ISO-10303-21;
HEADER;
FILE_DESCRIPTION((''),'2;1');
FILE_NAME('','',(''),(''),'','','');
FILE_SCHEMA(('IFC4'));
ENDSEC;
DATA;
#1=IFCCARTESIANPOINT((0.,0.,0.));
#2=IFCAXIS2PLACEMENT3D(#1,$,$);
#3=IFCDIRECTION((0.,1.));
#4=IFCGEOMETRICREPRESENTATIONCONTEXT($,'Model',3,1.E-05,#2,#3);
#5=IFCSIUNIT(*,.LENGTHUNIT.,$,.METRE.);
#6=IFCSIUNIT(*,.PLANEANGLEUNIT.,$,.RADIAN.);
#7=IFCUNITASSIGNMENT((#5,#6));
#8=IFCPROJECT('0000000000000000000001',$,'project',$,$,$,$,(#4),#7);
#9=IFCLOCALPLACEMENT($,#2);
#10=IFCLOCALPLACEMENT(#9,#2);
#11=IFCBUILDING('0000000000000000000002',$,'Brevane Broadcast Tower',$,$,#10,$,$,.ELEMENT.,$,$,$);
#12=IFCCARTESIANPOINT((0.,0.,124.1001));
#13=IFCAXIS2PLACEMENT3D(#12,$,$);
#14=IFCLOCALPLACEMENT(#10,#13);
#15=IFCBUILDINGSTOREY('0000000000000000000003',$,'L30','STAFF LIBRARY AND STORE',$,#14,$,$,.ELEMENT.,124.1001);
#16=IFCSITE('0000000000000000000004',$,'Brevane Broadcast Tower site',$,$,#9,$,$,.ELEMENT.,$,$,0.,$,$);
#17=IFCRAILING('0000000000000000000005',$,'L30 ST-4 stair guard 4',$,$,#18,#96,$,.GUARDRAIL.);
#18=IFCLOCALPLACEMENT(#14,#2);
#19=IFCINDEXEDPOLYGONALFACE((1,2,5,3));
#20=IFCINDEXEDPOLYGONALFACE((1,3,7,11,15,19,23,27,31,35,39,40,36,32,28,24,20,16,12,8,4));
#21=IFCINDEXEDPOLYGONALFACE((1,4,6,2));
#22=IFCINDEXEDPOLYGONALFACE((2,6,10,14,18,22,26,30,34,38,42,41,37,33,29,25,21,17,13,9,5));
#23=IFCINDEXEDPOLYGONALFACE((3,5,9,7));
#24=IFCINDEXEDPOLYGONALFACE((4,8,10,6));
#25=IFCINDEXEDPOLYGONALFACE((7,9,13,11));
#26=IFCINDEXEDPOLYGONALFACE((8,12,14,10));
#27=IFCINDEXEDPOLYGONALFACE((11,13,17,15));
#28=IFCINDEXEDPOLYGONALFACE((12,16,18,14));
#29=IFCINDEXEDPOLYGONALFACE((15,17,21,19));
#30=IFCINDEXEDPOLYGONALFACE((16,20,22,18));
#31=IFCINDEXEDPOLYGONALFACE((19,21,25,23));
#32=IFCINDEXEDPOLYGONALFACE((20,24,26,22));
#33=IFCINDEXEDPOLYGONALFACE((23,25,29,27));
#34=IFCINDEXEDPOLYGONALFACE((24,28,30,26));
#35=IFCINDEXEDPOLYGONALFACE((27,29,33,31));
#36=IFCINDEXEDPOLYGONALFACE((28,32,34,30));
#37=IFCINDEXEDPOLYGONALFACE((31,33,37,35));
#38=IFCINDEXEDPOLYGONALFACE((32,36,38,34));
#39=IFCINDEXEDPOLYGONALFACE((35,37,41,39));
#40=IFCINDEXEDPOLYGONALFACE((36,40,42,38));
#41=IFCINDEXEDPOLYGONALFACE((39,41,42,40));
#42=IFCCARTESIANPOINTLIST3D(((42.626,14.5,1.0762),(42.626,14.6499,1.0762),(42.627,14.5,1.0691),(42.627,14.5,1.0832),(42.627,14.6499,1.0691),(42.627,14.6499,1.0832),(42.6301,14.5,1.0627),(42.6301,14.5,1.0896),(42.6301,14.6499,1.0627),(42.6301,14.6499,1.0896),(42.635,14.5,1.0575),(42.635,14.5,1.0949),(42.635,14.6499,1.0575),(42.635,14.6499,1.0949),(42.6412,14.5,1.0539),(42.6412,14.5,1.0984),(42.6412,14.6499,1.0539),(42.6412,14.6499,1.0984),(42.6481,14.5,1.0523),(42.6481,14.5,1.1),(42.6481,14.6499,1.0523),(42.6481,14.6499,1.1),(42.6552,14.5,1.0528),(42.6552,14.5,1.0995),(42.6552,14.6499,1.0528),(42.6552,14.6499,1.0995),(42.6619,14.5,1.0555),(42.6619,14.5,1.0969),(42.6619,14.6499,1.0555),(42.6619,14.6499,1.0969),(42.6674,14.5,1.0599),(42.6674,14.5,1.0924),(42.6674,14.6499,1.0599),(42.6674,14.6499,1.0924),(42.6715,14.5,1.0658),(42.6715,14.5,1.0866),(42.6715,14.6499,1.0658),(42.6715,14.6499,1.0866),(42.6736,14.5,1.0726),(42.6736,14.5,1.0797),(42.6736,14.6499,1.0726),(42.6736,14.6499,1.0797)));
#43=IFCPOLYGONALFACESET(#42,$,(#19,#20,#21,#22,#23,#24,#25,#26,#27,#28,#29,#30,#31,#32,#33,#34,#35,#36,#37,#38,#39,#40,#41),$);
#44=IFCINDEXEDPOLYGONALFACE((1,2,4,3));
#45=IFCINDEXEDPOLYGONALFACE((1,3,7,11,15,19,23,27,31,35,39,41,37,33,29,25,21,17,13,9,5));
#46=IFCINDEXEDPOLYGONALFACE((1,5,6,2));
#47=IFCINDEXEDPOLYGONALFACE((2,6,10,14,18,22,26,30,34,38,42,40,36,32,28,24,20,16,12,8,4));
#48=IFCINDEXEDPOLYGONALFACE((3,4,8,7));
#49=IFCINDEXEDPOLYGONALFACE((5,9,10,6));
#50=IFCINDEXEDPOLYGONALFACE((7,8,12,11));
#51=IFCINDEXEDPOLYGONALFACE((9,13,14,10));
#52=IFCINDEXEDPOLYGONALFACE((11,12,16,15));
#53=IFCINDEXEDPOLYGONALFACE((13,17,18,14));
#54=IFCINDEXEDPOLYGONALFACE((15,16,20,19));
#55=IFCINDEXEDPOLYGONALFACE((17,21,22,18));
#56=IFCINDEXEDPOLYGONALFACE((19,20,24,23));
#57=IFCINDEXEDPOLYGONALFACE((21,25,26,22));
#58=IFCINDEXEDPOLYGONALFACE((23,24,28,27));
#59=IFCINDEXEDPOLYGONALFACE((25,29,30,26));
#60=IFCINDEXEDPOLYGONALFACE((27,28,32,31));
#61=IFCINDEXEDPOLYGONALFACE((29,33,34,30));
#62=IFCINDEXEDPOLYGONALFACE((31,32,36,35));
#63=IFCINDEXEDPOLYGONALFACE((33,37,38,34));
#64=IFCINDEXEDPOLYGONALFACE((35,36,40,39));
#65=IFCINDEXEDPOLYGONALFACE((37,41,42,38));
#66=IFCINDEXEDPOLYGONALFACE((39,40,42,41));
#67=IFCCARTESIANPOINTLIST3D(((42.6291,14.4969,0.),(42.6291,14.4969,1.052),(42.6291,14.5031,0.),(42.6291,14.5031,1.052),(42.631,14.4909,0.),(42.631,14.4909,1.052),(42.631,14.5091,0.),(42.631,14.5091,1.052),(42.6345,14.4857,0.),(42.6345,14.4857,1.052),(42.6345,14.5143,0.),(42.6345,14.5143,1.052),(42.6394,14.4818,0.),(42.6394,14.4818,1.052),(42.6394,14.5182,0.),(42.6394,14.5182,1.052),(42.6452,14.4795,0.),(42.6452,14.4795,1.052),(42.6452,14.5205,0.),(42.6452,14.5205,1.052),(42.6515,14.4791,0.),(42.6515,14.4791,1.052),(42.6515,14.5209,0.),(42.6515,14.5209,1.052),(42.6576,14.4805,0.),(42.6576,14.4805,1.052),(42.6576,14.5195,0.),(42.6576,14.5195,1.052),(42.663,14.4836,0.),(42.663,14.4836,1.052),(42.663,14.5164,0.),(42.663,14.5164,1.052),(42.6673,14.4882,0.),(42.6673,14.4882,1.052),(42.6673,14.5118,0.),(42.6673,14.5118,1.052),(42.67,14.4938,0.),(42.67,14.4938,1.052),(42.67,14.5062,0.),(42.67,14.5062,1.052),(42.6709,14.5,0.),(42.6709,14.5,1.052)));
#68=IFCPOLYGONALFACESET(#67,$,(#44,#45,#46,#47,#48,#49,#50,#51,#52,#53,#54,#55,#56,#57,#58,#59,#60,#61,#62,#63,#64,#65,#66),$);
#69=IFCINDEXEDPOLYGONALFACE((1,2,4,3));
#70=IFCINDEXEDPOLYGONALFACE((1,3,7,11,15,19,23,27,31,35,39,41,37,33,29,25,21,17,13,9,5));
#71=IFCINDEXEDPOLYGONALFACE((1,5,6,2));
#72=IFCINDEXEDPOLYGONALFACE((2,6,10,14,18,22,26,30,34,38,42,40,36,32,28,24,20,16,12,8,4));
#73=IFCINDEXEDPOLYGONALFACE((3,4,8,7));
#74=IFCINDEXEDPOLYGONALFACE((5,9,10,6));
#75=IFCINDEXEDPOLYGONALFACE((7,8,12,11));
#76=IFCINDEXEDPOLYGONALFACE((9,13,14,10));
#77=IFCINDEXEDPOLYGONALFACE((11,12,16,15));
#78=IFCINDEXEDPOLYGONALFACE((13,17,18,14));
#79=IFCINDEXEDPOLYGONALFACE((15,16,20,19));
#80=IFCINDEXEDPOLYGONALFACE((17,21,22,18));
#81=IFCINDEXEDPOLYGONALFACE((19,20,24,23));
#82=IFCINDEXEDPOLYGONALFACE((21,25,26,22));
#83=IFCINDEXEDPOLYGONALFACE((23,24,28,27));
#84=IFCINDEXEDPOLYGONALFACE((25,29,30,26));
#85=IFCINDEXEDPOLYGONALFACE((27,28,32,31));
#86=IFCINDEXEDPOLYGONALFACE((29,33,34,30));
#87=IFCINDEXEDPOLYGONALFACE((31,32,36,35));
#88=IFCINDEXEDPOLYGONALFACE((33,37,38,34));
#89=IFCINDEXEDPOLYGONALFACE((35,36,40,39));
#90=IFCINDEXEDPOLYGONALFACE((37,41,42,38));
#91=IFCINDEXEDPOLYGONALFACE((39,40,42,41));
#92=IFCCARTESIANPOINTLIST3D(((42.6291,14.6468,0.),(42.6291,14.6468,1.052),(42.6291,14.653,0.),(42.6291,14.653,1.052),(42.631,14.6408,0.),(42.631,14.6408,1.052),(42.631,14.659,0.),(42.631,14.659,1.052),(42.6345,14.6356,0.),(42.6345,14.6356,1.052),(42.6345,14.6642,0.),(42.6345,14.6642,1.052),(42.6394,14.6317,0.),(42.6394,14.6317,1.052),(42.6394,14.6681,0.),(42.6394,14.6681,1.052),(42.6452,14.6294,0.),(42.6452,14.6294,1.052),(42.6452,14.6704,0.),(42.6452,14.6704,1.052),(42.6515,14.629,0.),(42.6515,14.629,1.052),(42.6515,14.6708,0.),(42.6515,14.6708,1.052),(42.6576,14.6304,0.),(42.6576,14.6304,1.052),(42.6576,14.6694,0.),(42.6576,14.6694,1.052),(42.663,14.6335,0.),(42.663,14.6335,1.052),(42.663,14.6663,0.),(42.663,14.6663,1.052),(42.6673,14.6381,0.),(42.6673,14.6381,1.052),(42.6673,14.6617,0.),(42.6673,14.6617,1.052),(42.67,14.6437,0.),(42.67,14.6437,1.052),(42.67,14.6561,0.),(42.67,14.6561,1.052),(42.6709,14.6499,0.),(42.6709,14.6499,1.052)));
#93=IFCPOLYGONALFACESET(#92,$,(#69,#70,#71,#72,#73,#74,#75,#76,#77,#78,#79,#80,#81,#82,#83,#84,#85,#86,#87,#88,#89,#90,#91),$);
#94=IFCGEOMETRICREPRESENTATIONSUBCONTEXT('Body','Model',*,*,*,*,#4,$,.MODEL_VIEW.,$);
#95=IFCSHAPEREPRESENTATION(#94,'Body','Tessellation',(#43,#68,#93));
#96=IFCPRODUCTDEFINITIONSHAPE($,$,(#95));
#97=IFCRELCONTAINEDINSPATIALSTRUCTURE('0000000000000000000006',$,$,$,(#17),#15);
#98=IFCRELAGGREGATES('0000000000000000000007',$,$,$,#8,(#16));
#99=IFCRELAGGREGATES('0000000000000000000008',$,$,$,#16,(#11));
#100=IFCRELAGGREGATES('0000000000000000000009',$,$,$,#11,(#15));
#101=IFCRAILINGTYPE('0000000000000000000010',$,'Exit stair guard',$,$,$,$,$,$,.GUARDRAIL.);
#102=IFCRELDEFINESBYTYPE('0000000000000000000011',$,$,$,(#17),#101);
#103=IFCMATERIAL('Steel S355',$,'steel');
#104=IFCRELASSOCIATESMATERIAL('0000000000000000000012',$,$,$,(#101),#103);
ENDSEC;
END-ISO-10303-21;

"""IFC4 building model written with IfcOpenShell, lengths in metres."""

from ifc_helpers import new_model, si_unit, direction, frame, origin, origin_2d, place, context, subcontext, project, spatial, circle, extrude, material, type_object, element, save


model = new_model("IFC4")

# Units and contexts
model_context = context("Model", 3, precision=1e-05, world=origin(), true_north=direction((0.0, 1.0)))
body_context = subcontext(model_context, "Body", "Model", "MODEL_VIEW")
ifc_project = project(units=[si_unit("LENGTHUNIT", "METRE"), si_unit("PLANEANGLEUNIT", "RADIAN")], contexts=[model_context])

# Site, building, storey
site_placement = place(None, origin())
site = spatial("IfcSite", under=ifc_project, at=site_placement, Name="Brevane Broadcast Tower site", CompositionType="ELEMENT", RefElevation=0.0)
building_placement = place(site_placement, origin())
building = spatial("IfcBuilding", under=site, at=building_placement, Name="Brevane Broadcast Tower", CompositionType="ELEMENT")
storey_placement = place(building_placement, frame((0.0, 0.0, 124.1001)))
storey = spatial("IfcBuildingStorey", under=building, at=storey_placement, Name="L30", Description="STAFF LIBRARY AND STORE", CompositionType="ELEMENT", Elevation=124.1001)

# Railing
ifc_material_1 = material(Name="Steel S355", Category="steel")
railing_type_1 = type_object("IfcRailingType", Name="Exit stair guard", PredefinedType="GUARDRAIL", material=ifc_material_1)
railing_1_placement = place(storey_placement, frame((42.6499, 14.5, 0.0)))
element("IfcRailing", 1, at=railing_1_placement, inside=storey, type_object=railing_type_1, Name="L30 ST-4 stair guard 4", PredefinedType="GUARDRAIL", context=body_context, shape_type="SweptSolid", body=[
    extrude(circle(Radius=0.0239, at=origin_2d()), frame((0.0, 0.0, 1.0762), z_axis=(0.0, 1.0, 0.0), x_axis=(-1.0, 0.0, 0.0)), (0.0, 0.0, 1.0), 0.1499),
    extrude(circle(Radius=0.021, at=origin_2d()), origin(), (0.0, 0.0, 1.0), 1.052),
    extrude(circle(Radius=0.021, at=origin_2d()), frame((0.0, 0.1499, 0.0)), (0.0, 0.0, 1.0), 1.052),
])

save(model, "model.ifc")
